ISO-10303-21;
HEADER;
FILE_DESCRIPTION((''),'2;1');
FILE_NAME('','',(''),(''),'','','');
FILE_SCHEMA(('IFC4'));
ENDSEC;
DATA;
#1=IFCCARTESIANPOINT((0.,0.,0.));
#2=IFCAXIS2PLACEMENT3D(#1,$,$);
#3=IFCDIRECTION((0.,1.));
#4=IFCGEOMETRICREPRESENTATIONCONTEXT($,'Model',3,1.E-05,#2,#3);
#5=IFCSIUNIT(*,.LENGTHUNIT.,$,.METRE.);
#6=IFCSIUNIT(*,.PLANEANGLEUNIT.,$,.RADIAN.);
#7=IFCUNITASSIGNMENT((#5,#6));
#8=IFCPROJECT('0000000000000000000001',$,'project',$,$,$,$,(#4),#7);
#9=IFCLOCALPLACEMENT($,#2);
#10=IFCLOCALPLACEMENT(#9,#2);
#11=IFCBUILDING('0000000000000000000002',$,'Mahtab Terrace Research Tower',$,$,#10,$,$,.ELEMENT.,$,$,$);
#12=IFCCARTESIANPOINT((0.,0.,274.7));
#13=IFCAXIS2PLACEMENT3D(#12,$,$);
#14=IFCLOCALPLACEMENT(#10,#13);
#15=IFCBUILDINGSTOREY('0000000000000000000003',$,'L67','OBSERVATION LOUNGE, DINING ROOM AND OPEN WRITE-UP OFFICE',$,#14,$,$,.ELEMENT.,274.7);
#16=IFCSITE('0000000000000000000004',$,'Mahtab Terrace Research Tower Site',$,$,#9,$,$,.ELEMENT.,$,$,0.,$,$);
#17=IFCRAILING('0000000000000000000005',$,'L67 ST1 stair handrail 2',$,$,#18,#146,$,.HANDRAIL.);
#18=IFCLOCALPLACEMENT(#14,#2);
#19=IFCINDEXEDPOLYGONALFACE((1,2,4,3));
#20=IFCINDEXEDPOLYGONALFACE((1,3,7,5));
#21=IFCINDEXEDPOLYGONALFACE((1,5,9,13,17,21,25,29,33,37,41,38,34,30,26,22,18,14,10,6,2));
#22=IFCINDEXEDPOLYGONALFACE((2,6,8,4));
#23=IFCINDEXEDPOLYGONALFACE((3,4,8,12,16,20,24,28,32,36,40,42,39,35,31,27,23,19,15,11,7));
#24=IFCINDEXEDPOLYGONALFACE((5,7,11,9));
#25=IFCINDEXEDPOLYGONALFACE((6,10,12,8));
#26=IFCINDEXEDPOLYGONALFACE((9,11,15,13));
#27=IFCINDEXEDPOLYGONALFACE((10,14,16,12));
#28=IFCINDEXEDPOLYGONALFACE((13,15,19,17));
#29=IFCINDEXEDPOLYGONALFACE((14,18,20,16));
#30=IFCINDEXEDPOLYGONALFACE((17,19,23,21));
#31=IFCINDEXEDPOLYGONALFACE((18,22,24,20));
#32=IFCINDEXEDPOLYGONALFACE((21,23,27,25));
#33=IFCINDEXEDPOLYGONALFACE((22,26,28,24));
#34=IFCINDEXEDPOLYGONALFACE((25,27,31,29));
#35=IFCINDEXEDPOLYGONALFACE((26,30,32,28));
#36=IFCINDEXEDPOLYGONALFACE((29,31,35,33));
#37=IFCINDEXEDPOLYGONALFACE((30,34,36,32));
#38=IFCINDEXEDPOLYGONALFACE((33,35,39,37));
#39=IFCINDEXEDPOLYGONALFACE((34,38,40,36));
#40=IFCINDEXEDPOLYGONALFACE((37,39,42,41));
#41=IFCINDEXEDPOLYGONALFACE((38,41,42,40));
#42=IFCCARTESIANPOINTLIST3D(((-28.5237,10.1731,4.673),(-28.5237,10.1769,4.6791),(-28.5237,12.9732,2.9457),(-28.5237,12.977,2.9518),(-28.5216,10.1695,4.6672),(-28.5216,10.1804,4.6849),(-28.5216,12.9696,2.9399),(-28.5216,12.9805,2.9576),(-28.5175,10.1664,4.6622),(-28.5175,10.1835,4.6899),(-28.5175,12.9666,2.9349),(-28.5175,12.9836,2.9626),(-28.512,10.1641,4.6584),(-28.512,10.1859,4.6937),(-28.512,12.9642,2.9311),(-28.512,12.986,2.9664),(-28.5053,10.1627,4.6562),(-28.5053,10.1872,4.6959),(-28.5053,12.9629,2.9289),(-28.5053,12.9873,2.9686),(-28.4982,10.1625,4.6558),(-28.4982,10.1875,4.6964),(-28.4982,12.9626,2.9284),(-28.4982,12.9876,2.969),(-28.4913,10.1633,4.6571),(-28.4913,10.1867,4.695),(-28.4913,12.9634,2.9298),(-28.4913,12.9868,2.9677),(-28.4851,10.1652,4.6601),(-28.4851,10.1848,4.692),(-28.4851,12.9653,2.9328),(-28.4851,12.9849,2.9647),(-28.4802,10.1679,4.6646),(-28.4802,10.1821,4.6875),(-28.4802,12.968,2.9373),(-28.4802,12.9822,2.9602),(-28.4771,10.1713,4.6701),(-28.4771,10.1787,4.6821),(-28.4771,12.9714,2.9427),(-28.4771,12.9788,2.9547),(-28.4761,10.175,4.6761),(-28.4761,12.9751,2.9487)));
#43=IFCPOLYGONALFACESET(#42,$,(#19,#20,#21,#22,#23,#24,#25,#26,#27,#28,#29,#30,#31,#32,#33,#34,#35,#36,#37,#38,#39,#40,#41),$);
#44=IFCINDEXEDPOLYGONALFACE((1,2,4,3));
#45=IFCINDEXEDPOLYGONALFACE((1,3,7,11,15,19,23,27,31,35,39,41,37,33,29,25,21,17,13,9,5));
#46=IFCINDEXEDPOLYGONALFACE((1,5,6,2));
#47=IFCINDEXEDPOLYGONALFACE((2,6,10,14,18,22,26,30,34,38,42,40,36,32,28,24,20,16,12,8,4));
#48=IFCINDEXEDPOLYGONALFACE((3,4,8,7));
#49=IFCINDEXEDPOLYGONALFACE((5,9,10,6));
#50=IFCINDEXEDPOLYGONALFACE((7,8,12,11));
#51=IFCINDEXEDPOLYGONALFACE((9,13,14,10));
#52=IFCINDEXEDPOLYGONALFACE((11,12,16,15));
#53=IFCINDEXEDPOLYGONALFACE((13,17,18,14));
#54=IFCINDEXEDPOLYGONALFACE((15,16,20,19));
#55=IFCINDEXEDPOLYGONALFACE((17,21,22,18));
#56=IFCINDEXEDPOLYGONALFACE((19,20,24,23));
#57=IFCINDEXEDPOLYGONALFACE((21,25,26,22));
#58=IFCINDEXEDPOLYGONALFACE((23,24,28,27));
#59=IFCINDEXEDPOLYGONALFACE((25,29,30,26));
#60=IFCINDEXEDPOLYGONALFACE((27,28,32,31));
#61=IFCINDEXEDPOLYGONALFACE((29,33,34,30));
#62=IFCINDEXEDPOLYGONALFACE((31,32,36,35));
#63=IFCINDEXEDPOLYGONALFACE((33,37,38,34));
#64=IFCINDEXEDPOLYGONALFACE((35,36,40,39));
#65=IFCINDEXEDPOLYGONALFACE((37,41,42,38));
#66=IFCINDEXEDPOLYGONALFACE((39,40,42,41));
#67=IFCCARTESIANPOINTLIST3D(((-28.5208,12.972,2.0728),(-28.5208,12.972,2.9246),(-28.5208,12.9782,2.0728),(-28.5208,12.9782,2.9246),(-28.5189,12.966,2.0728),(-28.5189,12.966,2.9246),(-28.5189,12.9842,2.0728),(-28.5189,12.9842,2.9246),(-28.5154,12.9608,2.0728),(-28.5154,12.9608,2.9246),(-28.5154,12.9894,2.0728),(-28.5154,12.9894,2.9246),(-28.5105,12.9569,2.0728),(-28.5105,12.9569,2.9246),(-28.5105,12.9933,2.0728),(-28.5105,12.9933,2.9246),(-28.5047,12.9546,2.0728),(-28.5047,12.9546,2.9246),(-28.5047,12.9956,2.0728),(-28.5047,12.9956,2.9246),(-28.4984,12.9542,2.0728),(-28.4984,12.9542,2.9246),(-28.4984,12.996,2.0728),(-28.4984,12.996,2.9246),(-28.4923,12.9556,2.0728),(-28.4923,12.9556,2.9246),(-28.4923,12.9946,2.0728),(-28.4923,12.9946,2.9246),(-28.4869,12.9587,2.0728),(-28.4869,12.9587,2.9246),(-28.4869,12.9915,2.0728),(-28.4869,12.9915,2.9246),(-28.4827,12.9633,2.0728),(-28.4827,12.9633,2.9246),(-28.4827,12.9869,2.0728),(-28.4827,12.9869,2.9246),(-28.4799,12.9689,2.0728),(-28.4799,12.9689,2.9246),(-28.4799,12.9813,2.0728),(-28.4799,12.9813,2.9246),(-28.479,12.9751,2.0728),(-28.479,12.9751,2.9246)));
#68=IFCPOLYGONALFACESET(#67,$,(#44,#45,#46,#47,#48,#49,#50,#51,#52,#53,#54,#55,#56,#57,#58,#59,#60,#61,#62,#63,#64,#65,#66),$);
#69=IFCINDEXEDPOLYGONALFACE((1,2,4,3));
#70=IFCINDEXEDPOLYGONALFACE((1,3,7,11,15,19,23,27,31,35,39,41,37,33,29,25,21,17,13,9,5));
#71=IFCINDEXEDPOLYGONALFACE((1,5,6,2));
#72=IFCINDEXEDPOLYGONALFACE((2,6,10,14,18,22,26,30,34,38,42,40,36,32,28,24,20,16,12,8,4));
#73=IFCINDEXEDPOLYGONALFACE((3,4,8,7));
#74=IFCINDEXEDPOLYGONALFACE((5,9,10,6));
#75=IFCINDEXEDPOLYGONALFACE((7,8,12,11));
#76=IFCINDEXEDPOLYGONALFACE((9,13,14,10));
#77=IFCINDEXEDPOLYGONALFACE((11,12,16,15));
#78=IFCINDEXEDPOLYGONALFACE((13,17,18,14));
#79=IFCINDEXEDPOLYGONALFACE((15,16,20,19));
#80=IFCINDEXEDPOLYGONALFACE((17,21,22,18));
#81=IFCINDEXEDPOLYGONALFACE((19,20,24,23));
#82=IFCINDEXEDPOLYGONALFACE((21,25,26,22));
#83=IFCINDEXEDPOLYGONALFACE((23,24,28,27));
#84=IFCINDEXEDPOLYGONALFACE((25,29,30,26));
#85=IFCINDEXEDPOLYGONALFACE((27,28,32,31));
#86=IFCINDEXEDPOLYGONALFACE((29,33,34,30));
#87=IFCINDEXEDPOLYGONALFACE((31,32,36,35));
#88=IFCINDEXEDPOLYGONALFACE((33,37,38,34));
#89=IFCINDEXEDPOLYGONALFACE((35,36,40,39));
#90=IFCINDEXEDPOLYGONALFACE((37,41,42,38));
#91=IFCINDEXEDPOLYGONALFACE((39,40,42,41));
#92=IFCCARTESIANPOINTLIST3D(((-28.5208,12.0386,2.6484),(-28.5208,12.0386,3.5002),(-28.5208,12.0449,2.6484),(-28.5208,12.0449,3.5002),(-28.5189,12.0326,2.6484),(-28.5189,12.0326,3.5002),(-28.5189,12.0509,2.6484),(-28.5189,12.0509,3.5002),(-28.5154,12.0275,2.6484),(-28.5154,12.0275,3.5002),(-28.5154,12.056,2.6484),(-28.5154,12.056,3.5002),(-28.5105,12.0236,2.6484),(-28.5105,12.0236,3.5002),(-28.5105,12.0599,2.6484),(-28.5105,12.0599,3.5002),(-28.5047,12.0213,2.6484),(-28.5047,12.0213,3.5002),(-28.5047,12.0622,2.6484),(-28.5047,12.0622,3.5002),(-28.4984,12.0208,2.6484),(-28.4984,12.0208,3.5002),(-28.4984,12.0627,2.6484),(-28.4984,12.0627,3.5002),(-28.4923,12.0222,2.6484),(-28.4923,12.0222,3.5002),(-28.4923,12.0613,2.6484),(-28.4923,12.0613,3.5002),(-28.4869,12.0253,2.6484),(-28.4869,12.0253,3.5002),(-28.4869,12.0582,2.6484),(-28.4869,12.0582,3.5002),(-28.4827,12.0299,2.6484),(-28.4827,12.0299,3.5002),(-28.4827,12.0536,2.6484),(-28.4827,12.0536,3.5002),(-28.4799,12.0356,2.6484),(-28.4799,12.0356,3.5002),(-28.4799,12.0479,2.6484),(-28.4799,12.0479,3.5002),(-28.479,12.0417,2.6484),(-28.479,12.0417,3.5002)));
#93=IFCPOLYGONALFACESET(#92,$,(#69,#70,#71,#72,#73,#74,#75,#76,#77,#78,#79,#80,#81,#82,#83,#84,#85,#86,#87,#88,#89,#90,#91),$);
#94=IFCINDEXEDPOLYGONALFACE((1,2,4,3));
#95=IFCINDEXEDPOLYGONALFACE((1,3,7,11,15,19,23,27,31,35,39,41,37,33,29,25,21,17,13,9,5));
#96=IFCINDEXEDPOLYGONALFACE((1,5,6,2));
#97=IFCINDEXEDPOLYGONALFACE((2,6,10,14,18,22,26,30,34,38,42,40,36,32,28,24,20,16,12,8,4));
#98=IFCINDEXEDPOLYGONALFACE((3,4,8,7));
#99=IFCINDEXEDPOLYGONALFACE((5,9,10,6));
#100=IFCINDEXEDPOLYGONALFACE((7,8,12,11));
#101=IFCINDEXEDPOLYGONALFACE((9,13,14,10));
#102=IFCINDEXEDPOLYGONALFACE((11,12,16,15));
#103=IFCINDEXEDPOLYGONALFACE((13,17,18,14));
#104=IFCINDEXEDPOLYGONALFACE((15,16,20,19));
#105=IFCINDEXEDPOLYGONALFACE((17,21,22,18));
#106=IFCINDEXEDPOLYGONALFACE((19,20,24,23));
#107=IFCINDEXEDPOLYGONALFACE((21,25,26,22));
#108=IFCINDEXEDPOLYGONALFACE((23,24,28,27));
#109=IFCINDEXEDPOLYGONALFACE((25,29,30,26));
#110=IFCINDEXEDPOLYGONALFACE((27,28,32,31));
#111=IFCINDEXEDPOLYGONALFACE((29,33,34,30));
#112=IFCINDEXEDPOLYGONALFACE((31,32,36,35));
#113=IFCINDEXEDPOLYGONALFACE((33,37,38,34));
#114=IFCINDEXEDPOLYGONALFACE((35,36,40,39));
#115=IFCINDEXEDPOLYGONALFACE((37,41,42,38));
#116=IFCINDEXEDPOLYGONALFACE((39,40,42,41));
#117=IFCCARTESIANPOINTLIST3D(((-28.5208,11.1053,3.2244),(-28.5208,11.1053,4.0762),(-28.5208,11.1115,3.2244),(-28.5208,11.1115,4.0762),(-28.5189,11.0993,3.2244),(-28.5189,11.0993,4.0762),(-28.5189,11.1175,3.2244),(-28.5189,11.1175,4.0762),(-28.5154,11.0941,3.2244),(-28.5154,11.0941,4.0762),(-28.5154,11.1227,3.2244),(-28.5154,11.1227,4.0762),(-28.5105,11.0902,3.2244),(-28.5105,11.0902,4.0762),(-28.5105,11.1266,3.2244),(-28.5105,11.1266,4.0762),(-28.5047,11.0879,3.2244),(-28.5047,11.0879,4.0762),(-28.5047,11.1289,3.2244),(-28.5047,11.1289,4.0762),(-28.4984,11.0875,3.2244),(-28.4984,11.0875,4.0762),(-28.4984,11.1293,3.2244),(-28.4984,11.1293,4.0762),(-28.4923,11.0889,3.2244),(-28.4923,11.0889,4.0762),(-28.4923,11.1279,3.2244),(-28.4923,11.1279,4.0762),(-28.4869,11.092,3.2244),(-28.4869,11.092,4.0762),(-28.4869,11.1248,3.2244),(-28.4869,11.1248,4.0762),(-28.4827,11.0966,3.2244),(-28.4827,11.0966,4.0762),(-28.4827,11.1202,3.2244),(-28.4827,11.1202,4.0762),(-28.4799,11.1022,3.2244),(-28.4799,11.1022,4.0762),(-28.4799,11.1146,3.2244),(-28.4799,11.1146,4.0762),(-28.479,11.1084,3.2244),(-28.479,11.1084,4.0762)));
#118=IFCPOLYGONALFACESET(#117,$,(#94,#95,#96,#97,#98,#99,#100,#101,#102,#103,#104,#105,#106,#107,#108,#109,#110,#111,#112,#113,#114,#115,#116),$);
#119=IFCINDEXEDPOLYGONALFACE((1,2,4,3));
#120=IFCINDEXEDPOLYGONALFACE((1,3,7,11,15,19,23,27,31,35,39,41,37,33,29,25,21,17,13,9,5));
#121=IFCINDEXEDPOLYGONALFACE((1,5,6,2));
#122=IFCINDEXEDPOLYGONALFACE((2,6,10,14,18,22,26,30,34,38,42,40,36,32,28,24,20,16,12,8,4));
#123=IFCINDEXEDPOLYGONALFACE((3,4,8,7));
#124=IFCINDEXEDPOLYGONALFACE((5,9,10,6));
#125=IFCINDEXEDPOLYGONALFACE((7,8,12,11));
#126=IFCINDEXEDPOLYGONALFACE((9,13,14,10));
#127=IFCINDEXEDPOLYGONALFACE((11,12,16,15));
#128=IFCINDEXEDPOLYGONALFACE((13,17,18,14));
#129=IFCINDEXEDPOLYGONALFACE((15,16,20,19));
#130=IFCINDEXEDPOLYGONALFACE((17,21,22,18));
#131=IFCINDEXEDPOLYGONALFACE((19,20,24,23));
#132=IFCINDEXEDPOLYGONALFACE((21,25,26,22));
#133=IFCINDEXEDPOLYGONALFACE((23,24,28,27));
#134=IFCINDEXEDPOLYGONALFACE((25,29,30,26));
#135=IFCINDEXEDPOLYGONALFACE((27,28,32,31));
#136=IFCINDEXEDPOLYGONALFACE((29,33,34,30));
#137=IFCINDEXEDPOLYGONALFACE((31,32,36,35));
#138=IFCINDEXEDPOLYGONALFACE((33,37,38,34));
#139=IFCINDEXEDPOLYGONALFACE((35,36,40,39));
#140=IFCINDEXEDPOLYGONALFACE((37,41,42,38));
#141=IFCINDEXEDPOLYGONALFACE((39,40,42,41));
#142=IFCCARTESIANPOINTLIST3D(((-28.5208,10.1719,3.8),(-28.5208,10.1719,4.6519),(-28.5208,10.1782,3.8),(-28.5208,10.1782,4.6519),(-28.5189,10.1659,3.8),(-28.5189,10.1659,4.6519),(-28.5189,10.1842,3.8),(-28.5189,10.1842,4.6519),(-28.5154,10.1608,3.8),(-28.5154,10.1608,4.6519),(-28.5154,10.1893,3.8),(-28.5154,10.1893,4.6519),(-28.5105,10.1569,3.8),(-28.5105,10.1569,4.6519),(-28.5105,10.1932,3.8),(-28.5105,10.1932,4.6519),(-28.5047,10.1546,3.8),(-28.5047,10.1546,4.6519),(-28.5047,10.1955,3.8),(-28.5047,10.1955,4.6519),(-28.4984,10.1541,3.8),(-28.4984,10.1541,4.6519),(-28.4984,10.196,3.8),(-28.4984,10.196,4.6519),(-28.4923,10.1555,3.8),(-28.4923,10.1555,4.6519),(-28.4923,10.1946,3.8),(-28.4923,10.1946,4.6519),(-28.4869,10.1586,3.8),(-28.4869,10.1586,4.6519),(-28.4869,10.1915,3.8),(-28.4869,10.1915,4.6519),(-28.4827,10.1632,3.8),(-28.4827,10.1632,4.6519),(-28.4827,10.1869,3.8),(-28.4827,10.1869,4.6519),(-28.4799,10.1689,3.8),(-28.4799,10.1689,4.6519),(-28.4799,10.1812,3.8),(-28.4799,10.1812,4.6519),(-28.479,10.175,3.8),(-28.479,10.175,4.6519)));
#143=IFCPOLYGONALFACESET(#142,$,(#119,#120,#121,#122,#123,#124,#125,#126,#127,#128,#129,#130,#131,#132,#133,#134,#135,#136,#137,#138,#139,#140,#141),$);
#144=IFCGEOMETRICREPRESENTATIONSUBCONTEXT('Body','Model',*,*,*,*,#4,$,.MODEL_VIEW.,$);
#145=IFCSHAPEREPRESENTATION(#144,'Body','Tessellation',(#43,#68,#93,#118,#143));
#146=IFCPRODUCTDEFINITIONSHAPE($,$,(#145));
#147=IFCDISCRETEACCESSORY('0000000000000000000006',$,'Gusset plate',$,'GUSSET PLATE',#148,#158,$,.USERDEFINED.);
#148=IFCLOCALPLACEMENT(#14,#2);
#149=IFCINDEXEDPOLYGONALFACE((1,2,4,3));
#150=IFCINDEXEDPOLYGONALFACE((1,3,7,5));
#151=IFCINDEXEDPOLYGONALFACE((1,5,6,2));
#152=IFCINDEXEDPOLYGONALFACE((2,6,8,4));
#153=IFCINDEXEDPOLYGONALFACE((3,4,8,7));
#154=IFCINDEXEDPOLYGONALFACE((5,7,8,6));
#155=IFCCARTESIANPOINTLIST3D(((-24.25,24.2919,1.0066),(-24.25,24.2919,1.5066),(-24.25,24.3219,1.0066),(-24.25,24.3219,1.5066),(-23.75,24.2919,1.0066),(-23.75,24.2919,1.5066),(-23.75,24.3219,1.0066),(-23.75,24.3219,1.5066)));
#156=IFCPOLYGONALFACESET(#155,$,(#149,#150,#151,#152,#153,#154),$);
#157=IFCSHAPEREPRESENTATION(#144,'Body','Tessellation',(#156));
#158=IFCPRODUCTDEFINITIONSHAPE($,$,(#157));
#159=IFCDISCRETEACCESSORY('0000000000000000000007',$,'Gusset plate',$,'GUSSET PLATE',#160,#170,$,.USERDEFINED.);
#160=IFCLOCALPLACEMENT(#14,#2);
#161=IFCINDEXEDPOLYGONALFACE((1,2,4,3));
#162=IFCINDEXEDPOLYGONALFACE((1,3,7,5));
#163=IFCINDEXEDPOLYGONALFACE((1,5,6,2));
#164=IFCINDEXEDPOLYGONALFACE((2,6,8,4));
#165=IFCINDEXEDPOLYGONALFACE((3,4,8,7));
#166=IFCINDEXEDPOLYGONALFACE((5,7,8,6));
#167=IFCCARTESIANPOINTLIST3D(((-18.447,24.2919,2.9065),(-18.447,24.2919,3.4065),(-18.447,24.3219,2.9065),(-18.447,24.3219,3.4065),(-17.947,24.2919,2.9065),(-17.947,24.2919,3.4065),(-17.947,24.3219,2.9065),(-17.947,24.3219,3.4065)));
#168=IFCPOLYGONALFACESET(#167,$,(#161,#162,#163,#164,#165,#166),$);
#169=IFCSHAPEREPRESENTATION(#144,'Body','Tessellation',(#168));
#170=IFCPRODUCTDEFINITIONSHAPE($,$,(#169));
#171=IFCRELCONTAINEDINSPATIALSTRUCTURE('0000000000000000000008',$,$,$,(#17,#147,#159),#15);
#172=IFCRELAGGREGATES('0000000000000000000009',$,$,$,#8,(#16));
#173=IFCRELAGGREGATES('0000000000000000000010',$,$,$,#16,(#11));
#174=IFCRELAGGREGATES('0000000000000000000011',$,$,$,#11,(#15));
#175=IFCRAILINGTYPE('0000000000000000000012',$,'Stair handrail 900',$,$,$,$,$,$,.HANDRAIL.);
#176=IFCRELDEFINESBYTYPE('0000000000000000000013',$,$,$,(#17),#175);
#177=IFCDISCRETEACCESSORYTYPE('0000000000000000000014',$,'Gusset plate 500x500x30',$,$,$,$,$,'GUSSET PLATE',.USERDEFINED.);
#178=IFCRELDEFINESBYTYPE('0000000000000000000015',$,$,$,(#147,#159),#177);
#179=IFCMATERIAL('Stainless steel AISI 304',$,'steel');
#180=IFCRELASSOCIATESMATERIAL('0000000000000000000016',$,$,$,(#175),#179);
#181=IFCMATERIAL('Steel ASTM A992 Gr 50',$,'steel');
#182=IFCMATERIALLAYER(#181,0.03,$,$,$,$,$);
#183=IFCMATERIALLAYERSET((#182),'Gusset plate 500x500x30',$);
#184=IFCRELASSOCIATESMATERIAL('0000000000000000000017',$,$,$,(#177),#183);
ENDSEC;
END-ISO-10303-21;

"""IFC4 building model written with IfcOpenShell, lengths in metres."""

from ifc_helpers import new_model, si_unit, direction, frame, origin, origin_2d, place, context, subcontext, project, spatial, rectangle, circle, extrude, material, layer, layer_set, type_object, element, save


model = new_model("IFC4")

# Units and contexts
model_context = context("Model", 3, precision=1e-05, world=origin(), true_north=direction((0.0, 1.0)))
body_context = subcontext(model_context, "Body", "Model", "MODEL_VIEW")
ifc_project = project(units=[si_unit("LENGTHUNIT", "METRE"), si_unit("PLANEANGLEUNIT", "RADIAN")], contexts=[model_context])

# Site, building, storey
site_placement = place(None, origin())
site = spatial("IfcSite", under=ifc_project, at=site_placement, Name="Mahtab Terrace Research Tower Site", CompositionType="ELEMENT", RefElevation=0.0)
building_placement = place(site_placement, origin())
building = spatial("IfcBuilding", under=site, at=building_placement, Name="Mahtab Terrace Research Tower", CompositionType="ELEMENT")
storey_placement = place(building_placement, frame((0.0, 0.0, 274.7)))
storey = spatial("IfcBuildingStorey", under=building, at=storey_placement, Name="L67", Description="OBSERVATION LOUNGE, DINING ROOM AND OPEN WRITE-UP OFFICE", CompositionType="ELEMENT", Elevation=274.7)

# Railing
ifc_material_1 = material(Name="Stainless steel AISI 304", Category="steel")
railing_type_1 = type_object("IfcRailingType", Name="Stair handrail 900", PredefinedType="HANDRAIL", material=ifc_material_1)
railing_1_placement = place(storey_placement, frame((-28.5, 12.9751, 2.0728)))
element("IfcRailing", 1, at=railing_1_placement, inside=storey, type_object=railing_type_1, Name="L67 ST1 stair handrail 2", PredefinedType="HANDRAIL", context=body_context, shape_type="SweptSolid", body=[
    extrude(circle(Radius=0.0239, at=origin_2d()), frame((0.0, 0.0, 0.876), z_axis=(0.0, -0.85109, 0.52502), x_axis=(1.0, 0.0, 0.0)), (0.0, 0.0, 1.0), 3.29),
    extrude(circle(Radius=0.021, at=origin_2d()), origin(), (0.0, 0.0, 1.0), 0.8518),
    extrude(circle(Radius=0.021, at=origin_2d()), frame((0.0, -0.9333, 0.5757)), (0.0, 0.0, 1.0), 0.8518),
    extrude(circle(Radius=0.021, at=origin_2d()), frame((0.0, -1.8667, 1.1516)), (0.0, 0.0, 1.0), 0.8518),
    extrude(circle(Radius=0.021, at=origin_2d()), frame((0.0, -2.8, 1.7273)), (0.0, 0.0, 1.0), 0.8518),
])

# Discrete accessories
ifc_material_2 = material(Name="Steel ASTM A992 Gr 50", Category="steel")
ifc_layer_1 = layer(ifc_material_2, 0.03)
ifc_layer_set_1 = layer_set([ifc_layer_1], Name="Gusset plate 500x500x30")
discrete_accessory_type = type_object("IfcDiscreteAccessoryType", Name="Gusset plate 500x500x30", ElementType="GUSSET PLATE", PredefinedType="USERDEFINED", material=ifc_layer_set_1)
for number, where, z_axis, x_axis, name in (
    (2, (-24.0, 24.3069, 1.0066), (0.0, 0.0, 1.0), (1.0, 0.0, 0.0), "Gusset plate"),
    (3, (-18.197, 24.3069, 2.9065), (0.0, 0.0, 1.0), (1.0, 0.0, 0.0), "Gusset plate"),
):
    element("IfcDiscreteAccessory", number, at=place(storey_placement, frame(where, z_axis=z_axis, x_axis=x_axis)), inside=storey, type_object=discrete_accessory_type, Name=name, ObjectType="GUSSET PLATE", PredefinedType="USERDEFINED", context=body_context, shape_type="SweptSolid", body=[
        extrude(rectangle(XDim=0.5, YDim=0.03, at=origin_2d()), origin(), (0.0, 0.0, 1.0), 0.5),
    ])

save(model, "model.ifc")
